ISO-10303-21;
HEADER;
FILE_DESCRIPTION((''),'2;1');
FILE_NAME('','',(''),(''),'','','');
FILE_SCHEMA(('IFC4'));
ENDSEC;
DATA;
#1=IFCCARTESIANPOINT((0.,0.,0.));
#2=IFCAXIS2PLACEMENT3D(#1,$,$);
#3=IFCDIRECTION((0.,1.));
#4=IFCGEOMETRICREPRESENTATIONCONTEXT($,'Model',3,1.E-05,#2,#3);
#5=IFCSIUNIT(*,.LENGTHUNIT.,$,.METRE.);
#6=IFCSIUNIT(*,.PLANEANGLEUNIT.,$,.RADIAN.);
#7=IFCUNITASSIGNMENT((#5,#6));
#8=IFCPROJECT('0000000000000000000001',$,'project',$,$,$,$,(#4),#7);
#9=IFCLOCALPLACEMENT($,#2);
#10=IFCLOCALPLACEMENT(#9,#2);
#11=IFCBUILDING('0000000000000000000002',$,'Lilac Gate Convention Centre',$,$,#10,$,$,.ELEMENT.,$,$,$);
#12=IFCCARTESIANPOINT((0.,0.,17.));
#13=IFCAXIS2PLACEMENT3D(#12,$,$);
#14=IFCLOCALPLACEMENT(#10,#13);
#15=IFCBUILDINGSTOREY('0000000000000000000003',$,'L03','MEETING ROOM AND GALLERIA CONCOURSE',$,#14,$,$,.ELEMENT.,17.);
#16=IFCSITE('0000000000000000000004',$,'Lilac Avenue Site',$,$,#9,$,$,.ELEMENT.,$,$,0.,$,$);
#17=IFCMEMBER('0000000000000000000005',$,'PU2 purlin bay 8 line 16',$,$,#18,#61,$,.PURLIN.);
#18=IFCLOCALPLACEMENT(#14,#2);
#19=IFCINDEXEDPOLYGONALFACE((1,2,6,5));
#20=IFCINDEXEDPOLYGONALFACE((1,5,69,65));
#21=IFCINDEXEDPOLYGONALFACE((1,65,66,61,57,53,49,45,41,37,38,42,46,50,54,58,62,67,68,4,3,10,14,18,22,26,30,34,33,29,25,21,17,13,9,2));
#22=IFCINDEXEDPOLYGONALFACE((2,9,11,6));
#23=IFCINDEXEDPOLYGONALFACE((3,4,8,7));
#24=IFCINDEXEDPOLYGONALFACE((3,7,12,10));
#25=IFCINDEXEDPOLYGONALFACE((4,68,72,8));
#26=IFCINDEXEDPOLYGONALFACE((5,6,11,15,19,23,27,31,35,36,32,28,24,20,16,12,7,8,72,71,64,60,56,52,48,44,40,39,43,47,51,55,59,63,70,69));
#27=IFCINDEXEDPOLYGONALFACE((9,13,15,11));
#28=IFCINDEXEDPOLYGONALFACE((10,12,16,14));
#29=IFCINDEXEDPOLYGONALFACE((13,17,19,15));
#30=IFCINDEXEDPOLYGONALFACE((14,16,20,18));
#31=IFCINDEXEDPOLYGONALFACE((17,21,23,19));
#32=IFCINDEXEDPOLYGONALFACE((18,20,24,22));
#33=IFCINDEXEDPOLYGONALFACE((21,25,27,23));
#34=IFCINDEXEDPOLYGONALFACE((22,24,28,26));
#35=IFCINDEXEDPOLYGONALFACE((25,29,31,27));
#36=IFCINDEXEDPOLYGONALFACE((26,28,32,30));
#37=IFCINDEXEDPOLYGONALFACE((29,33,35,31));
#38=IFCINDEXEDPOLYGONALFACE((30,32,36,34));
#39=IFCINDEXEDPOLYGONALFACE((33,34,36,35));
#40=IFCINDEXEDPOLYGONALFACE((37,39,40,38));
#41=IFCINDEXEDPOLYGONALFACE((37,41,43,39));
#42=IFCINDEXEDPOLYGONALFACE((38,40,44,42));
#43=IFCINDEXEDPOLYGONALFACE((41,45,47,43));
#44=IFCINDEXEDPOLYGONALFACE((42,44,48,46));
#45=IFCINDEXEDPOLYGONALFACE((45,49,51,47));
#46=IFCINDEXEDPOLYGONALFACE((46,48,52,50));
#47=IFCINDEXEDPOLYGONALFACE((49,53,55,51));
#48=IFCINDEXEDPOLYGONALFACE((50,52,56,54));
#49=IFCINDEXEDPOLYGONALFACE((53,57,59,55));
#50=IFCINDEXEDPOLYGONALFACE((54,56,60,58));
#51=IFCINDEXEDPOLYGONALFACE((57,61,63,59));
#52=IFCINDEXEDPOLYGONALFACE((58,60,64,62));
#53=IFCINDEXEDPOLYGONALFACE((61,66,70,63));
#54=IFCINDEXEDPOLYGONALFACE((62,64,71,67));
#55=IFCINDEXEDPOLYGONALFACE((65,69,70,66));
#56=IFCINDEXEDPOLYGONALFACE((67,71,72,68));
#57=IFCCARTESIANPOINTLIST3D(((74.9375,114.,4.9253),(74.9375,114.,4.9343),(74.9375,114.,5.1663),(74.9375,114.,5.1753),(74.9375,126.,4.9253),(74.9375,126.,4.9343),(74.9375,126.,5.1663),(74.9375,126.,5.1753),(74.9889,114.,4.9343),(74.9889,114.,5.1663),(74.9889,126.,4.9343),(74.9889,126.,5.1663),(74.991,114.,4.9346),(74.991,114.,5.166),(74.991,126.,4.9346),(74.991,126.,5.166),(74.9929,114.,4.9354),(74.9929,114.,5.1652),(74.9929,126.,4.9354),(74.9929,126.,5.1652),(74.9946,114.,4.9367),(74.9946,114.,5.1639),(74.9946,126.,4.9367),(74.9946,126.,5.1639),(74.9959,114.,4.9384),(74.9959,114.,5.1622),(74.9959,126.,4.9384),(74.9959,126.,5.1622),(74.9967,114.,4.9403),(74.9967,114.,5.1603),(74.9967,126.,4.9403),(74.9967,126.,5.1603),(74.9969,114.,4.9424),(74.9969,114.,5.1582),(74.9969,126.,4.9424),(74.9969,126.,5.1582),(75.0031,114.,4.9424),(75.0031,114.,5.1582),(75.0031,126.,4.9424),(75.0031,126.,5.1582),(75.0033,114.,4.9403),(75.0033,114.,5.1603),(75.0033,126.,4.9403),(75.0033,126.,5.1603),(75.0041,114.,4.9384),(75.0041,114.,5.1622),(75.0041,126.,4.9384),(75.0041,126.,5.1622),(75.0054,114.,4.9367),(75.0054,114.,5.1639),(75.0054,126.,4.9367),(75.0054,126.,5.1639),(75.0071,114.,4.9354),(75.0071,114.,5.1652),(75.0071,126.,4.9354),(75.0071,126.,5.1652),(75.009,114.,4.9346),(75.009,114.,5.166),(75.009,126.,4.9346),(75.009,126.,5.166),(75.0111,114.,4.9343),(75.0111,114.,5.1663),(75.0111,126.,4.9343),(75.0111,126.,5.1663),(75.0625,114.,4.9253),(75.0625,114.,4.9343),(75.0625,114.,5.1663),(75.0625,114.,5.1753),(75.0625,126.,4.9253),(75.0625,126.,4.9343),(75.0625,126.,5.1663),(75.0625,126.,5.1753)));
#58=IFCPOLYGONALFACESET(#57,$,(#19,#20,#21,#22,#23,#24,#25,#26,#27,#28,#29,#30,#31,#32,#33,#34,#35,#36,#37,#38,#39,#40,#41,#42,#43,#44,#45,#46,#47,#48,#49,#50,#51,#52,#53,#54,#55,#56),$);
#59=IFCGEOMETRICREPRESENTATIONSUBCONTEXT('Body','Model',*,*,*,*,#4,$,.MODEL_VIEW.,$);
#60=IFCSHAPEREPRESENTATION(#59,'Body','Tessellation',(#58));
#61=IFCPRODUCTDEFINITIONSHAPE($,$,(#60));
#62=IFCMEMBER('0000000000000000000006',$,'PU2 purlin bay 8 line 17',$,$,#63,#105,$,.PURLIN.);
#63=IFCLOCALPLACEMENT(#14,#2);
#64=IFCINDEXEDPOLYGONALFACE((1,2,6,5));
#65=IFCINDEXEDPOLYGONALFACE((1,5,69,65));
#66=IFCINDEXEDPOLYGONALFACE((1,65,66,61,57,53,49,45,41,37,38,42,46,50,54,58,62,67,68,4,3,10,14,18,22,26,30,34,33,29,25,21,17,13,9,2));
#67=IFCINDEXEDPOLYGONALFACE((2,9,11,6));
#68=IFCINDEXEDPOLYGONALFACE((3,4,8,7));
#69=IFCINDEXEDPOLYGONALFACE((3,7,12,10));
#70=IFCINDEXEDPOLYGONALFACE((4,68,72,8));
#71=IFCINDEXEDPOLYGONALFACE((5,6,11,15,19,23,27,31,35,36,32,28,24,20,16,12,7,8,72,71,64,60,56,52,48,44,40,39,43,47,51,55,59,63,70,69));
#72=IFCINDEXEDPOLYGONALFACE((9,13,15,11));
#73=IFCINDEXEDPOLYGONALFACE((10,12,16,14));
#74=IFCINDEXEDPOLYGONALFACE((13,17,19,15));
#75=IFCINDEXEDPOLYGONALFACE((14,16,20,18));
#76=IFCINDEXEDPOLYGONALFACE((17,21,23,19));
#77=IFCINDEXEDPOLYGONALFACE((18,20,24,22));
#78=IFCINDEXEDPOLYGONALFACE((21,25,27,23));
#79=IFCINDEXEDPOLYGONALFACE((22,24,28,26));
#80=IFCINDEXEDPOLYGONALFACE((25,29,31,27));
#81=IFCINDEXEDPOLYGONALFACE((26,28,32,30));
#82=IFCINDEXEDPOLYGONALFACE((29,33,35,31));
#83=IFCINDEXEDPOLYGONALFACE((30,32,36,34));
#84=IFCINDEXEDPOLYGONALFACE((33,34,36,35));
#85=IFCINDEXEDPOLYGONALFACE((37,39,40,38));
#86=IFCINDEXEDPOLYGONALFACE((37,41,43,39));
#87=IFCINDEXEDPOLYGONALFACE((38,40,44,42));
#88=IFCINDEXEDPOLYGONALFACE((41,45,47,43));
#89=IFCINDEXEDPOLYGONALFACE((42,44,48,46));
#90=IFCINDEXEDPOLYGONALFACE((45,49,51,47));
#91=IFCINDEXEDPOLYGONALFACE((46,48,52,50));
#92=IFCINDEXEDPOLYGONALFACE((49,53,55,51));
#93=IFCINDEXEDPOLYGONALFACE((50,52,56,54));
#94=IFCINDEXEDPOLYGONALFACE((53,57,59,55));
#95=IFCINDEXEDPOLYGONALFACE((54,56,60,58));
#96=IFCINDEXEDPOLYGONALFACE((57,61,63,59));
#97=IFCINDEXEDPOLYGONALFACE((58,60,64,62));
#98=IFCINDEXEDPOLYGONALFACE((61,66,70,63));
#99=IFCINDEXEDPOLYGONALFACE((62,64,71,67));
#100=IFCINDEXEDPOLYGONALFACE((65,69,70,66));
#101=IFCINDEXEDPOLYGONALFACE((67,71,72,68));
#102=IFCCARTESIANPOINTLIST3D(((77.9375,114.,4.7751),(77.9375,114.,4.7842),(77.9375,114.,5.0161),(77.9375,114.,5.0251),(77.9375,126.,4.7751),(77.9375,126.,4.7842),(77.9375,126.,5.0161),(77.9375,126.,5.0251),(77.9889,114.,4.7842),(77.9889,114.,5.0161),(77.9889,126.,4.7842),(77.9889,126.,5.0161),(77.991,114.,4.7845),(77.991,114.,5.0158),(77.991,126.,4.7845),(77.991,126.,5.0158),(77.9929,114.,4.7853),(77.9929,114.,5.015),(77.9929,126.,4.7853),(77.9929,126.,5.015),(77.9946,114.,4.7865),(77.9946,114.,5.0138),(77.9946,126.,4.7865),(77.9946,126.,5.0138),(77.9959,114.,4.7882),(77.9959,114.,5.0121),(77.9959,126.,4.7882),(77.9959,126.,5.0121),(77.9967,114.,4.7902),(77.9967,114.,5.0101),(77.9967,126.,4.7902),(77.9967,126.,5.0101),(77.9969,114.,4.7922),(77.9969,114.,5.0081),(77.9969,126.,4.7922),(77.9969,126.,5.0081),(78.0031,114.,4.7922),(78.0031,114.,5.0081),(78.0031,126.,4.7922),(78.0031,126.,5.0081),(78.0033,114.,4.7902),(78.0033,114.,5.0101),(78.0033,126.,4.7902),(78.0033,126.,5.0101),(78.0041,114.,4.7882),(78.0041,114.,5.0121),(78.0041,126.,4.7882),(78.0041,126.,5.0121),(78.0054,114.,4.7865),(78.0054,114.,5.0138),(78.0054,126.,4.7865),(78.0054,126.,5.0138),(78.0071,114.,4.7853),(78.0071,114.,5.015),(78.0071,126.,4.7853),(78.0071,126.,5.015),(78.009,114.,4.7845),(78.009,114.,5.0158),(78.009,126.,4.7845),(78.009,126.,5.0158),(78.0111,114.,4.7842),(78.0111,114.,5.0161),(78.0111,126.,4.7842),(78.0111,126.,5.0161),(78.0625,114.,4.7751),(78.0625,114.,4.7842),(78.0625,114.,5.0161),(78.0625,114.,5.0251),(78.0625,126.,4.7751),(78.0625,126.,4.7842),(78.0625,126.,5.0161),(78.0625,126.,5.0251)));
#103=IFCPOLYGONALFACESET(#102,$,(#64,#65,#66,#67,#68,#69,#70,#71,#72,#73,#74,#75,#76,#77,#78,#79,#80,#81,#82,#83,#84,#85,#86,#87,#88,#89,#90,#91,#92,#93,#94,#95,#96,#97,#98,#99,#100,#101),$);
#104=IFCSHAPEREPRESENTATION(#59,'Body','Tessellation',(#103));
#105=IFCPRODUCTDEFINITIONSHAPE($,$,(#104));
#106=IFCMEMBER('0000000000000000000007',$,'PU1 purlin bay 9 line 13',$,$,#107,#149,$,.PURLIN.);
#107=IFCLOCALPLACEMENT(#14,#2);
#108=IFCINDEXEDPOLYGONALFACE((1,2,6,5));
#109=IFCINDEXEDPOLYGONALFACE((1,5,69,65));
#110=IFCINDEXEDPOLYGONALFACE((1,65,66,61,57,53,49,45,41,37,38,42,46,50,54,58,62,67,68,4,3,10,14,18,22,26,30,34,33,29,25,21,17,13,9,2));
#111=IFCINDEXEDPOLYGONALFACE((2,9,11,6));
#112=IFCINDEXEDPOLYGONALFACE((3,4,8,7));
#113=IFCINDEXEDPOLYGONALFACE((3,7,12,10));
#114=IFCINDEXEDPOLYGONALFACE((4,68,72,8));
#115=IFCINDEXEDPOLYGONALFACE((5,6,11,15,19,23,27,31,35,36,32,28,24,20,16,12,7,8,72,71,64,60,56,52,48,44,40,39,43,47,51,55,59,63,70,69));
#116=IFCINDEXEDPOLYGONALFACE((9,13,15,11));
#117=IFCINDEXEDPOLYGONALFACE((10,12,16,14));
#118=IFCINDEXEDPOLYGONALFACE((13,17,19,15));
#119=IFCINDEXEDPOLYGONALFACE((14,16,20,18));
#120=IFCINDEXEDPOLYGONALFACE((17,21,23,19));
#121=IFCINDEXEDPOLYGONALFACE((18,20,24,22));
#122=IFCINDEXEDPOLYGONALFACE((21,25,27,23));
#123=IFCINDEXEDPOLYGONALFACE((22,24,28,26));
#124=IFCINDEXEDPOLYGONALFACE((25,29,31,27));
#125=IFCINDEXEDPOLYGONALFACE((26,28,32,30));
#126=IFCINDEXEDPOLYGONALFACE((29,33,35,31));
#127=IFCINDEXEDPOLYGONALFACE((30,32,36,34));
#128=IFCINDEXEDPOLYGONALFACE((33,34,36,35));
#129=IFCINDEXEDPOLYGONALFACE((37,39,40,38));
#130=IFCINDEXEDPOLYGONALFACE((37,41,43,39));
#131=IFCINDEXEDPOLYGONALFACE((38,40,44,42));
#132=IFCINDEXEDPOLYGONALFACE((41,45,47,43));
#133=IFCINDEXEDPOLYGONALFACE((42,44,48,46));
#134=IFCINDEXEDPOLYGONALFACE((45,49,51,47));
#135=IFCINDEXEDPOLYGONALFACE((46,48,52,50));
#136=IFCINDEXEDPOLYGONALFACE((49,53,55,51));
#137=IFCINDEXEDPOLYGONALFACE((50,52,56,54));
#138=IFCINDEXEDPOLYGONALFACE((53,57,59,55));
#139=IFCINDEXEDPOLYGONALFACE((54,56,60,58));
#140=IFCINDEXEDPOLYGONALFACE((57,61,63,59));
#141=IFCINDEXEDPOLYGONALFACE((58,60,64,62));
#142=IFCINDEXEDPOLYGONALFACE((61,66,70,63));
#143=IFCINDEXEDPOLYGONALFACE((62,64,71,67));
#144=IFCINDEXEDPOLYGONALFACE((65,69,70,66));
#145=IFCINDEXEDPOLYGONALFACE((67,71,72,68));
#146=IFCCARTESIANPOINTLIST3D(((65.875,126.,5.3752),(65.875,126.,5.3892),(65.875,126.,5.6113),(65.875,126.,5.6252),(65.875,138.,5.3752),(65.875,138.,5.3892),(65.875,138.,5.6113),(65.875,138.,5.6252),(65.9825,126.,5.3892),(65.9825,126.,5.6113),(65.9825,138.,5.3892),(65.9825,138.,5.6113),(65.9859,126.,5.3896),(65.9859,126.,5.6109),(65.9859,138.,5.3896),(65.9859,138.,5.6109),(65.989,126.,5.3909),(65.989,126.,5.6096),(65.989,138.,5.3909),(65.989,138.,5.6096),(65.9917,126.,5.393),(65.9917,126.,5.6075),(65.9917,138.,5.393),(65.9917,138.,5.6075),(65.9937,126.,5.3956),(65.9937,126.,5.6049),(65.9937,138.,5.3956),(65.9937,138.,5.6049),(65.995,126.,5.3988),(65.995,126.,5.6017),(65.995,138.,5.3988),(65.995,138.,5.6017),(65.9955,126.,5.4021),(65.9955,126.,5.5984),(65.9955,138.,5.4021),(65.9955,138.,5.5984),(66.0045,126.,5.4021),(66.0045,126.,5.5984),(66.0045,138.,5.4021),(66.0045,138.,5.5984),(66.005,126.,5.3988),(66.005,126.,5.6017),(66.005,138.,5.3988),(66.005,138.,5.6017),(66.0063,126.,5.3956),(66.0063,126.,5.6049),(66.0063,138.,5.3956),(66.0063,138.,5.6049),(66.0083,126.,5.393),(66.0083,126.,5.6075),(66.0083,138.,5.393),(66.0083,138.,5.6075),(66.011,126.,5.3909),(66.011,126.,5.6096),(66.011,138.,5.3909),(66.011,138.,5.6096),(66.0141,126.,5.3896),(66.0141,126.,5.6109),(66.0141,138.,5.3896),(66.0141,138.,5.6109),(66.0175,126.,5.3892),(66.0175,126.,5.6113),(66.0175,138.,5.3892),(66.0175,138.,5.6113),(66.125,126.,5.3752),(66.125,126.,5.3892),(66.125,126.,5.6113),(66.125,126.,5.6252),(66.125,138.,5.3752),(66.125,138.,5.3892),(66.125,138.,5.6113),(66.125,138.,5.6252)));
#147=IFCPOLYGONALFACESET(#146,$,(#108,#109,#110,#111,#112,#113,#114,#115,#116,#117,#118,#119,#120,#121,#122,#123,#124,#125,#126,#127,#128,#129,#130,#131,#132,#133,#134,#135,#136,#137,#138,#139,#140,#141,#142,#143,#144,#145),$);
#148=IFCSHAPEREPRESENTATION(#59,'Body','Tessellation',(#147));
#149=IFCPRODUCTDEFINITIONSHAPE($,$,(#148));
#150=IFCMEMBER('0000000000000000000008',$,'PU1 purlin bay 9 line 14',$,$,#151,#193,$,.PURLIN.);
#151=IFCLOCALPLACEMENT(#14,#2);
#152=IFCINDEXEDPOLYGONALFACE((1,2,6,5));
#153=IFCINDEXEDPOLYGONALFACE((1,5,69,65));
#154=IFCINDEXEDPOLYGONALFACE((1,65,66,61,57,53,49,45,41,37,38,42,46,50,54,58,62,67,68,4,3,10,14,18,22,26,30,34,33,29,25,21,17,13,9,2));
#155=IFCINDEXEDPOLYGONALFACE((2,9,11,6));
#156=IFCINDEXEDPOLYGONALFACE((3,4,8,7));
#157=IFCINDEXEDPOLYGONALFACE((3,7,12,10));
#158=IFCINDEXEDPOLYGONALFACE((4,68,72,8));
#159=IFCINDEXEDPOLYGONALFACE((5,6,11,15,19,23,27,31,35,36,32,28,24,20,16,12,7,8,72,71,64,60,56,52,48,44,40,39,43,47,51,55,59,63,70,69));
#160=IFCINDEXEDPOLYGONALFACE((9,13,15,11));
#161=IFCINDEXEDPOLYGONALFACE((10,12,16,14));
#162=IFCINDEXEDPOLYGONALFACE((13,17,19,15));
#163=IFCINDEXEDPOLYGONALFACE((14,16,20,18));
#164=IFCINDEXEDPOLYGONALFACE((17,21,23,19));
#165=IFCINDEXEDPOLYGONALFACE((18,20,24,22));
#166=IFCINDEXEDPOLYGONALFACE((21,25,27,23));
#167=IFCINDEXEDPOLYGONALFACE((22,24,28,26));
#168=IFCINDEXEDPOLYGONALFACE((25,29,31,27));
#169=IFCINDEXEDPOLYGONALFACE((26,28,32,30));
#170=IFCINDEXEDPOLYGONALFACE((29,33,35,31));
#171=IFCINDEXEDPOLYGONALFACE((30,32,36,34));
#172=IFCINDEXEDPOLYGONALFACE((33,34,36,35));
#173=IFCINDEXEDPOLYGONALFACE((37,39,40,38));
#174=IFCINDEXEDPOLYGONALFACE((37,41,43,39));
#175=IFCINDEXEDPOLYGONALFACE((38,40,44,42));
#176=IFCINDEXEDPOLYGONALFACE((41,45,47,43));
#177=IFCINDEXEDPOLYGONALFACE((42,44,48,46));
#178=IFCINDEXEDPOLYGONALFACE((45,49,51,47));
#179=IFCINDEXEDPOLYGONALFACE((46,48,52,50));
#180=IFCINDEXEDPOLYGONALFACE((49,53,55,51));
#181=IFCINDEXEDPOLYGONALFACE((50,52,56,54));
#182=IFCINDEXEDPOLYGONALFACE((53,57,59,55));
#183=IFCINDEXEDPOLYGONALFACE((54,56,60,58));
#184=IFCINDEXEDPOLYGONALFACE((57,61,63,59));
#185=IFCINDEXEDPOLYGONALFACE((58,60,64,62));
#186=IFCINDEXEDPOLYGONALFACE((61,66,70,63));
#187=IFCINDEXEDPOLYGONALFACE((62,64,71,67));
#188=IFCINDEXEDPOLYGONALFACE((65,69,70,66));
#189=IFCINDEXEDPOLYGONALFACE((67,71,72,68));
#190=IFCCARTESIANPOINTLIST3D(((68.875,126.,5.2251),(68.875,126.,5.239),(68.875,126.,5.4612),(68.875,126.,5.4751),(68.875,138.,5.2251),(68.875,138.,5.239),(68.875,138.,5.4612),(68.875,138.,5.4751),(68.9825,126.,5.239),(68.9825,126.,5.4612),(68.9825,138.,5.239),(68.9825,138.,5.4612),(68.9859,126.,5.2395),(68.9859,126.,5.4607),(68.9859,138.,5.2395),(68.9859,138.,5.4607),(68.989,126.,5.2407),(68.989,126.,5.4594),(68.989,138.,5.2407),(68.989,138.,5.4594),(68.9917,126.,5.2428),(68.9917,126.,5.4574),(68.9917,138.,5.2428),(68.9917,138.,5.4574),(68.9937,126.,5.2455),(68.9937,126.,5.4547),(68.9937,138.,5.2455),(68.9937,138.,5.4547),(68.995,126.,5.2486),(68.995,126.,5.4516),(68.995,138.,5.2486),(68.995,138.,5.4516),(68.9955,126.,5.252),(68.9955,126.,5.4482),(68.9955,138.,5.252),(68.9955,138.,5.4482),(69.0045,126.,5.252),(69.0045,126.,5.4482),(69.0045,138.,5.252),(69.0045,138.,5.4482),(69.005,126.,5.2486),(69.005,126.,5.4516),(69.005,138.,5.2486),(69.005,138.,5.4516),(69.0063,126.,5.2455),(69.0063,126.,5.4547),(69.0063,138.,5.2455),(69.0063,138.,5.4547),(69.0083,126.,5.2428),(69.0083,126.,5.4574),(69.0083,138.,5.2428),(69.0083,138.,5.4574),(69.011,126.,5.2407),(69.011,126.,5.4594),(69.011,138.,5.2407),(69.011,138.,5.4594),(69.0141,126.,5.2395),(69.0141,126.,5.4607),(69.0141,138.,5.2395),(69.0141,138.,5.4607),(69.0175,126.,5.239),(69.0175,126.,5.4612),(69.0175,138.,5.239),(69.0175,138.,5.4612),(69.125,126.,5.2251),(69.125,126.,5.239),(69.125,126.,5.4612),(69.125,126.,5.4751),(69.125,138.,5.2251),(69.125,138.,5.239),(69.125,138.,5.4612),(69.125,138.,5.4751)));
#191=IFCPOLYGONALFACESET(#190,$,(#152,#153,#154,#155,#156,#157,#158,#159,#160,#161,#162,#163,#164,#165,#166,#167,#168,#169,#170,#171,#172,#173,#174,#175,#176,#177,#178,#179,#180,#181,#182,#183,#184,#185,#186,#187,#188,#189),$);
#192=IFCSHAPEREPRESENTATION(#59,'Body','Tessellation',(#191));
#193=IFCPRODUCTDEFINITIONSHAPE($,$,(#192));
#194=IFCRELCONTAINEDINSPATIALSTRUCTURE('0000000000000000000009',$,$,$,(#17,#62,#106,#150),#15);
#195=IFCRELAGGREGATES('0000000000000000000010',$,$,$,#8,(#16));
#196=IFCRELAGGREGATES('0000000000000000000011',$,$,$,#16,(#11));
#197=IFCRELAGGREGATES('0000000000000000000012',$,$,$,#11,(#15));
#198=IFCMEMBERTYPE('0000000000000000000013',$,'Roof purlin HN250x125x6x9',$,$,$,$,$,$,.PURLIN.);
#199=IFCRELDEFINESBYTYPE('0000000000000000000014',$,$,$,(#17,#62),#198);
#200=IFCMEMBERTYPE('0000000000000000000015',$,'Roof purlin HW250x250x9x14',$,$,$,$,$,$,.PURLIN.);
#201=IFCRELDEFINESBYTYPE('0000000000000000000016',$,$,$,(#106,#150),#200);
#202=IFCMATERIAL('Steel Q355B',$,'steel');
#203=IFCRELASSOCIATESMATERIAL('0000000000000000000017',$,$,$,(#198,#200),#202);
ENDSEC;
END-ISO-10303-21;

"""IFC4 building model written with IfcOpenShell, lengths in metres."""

from ifc_helpers import new_model, si_unit, direction, frame, origin, origin_2d, place, context, subcontext, project, spatial, i_section, extrude, material, material_profile, profile_set, type_object, element, save


model = new_model("IFC4")

# Units and contexts
model_context = context("Model", 3, precision=1e-05, world=origin(), true_north=direction((0.0, 1.0)))
body_context = subcontext(model_context, "Body", "Model", "MODEL_VIEW")
ifc_project = project(units=[si_unit("LENGTHUNIT", "METRE"), si_unit("PLANEANGLEUNIT", "RADIAN")], contexts=[model_context])

# Site, building, storey
site_placement = place(None, origin())
site = spatial("IfcSite", under=ifc_project, at=site_placement, Name="Lilac Avenue Site", CompositionType="ELEMENT", RefElevation=0.0)
building_placement = place(site_placement, origin())
building = spatial("IfcBuilding", under=site, at=building_placement, Name="Lilac Gate Convention Centre", CompositionType="ELEMENT")
storey_placement = place(building_placement, frame((0.0, 0.0, 17.0)))
storey = spatial("IfcBuildingStorey", under=building, at=storey_placement, Name="L03", Description="MEETING ROOM AND GALLERIA CONCOURSE", CompositionType="ELEMENT", Elevation=17.0)

# Members
ifc_material = material(Name="Steel Q355B", Category="steel")
ifc_material_profile_1 = material_profile(ifc_material, i_section(OverallWidth=0.125, OverallDepth=0.25, WebThickness=0.0061, FlangeThickness=0.009, FilletRadius=0.0081, at=origin_2d()), Name="HN250x125x6x9")
ifc_profile_set_1 = profile_set([ifc_material_profile_1], Name="Steel Q355B")
member_type_1 = type_object("IfcMemberType", Name="Roof purlin HN250x125x6x9", PredefinedType="PURLIN", material=ifc_profile_set_1)
for number, where, z_axis, x_axis, name in (
    (1, (75.0, 114.0, 5.0503), (0.0, 1.0, 0.0), (-1.0, 0.0, 0.0), "PU2 purlin bay 8 line 16"),
    (2, (78.0, 114.0, 4.9001), (0.0, 1.0, 0.0), (-1.0, 0.0, 0.0), "PU2 purlin bay 8 line 17"),
):
    element("IfcMember", number, at=place(storey_placement, frame(where, z_axis=z_axis, x_axis=x_axis)), inside=storey, type_object=member_type_1, Name=name, PredefinedType="PURLIN", context=body_context, shape_type="SweptSolid", body=[
        extrude(i_section(OverallWidth=0.125, OverallDepth=0.25, WebThickness=0.0061, FlangeThickness=0.009, FilletRadius=0.0081, at=origin_2d()), origin(), (0.0, 0.0, 1.0), 12.0),
    ])
ifc_material_profile_2 = material_profile(ifc_material, i_section(OverallWidth=0.25, OverallDepth=0.25, WebThickness=0.009, FlangeThickness=0.0139, FilletRadius=0.0129, at=origin_2d()), Name="HW250x250x9x14")
ifc_profile_set_2 = profile_set([ifc_material_profile_2], Name="Steel Q355B")
member_type_2 = type_object("IfcMemberType", Name="Roof purlin HW250x250x9x14", PredefinedType="PURLIN", material=ifc_profile_set_2)
for number, where, z_axis, x_axis, name in (
    (3, (66.0, 126.0, 5.5002), (0.0, 1.0, 0.0), (-1.0, 0.0, 0.0), "PU1 purlin bay 9 line 13"),
    (4, (69.0, 126.0, 5.3501), (0.0, 1.0, 0.0), (-1.0, 0.0, 0.0), "PU1 purlin bay 9 line 14"),
):
    element("IfcMember", number, at=place(storey_placement, frame(where, z_axis=z_axis, x_axis=x_axis)), inside=storey, type_object=member_type_2, Name=name, PredefinedType="PURLIN", context=body_context, shape_type="SweptSolid", body=[
        extrude(i_section(OverallWidth=0.25, OverallDepth=0.25, WebThickness=0.009, FlangeThickness=0.0139, FilletRadius=0.0129, at=origin_2d()), origin(), (0.0, 0.0, 1.0), 12.0),
    ])

save(model, "model.ifc")
